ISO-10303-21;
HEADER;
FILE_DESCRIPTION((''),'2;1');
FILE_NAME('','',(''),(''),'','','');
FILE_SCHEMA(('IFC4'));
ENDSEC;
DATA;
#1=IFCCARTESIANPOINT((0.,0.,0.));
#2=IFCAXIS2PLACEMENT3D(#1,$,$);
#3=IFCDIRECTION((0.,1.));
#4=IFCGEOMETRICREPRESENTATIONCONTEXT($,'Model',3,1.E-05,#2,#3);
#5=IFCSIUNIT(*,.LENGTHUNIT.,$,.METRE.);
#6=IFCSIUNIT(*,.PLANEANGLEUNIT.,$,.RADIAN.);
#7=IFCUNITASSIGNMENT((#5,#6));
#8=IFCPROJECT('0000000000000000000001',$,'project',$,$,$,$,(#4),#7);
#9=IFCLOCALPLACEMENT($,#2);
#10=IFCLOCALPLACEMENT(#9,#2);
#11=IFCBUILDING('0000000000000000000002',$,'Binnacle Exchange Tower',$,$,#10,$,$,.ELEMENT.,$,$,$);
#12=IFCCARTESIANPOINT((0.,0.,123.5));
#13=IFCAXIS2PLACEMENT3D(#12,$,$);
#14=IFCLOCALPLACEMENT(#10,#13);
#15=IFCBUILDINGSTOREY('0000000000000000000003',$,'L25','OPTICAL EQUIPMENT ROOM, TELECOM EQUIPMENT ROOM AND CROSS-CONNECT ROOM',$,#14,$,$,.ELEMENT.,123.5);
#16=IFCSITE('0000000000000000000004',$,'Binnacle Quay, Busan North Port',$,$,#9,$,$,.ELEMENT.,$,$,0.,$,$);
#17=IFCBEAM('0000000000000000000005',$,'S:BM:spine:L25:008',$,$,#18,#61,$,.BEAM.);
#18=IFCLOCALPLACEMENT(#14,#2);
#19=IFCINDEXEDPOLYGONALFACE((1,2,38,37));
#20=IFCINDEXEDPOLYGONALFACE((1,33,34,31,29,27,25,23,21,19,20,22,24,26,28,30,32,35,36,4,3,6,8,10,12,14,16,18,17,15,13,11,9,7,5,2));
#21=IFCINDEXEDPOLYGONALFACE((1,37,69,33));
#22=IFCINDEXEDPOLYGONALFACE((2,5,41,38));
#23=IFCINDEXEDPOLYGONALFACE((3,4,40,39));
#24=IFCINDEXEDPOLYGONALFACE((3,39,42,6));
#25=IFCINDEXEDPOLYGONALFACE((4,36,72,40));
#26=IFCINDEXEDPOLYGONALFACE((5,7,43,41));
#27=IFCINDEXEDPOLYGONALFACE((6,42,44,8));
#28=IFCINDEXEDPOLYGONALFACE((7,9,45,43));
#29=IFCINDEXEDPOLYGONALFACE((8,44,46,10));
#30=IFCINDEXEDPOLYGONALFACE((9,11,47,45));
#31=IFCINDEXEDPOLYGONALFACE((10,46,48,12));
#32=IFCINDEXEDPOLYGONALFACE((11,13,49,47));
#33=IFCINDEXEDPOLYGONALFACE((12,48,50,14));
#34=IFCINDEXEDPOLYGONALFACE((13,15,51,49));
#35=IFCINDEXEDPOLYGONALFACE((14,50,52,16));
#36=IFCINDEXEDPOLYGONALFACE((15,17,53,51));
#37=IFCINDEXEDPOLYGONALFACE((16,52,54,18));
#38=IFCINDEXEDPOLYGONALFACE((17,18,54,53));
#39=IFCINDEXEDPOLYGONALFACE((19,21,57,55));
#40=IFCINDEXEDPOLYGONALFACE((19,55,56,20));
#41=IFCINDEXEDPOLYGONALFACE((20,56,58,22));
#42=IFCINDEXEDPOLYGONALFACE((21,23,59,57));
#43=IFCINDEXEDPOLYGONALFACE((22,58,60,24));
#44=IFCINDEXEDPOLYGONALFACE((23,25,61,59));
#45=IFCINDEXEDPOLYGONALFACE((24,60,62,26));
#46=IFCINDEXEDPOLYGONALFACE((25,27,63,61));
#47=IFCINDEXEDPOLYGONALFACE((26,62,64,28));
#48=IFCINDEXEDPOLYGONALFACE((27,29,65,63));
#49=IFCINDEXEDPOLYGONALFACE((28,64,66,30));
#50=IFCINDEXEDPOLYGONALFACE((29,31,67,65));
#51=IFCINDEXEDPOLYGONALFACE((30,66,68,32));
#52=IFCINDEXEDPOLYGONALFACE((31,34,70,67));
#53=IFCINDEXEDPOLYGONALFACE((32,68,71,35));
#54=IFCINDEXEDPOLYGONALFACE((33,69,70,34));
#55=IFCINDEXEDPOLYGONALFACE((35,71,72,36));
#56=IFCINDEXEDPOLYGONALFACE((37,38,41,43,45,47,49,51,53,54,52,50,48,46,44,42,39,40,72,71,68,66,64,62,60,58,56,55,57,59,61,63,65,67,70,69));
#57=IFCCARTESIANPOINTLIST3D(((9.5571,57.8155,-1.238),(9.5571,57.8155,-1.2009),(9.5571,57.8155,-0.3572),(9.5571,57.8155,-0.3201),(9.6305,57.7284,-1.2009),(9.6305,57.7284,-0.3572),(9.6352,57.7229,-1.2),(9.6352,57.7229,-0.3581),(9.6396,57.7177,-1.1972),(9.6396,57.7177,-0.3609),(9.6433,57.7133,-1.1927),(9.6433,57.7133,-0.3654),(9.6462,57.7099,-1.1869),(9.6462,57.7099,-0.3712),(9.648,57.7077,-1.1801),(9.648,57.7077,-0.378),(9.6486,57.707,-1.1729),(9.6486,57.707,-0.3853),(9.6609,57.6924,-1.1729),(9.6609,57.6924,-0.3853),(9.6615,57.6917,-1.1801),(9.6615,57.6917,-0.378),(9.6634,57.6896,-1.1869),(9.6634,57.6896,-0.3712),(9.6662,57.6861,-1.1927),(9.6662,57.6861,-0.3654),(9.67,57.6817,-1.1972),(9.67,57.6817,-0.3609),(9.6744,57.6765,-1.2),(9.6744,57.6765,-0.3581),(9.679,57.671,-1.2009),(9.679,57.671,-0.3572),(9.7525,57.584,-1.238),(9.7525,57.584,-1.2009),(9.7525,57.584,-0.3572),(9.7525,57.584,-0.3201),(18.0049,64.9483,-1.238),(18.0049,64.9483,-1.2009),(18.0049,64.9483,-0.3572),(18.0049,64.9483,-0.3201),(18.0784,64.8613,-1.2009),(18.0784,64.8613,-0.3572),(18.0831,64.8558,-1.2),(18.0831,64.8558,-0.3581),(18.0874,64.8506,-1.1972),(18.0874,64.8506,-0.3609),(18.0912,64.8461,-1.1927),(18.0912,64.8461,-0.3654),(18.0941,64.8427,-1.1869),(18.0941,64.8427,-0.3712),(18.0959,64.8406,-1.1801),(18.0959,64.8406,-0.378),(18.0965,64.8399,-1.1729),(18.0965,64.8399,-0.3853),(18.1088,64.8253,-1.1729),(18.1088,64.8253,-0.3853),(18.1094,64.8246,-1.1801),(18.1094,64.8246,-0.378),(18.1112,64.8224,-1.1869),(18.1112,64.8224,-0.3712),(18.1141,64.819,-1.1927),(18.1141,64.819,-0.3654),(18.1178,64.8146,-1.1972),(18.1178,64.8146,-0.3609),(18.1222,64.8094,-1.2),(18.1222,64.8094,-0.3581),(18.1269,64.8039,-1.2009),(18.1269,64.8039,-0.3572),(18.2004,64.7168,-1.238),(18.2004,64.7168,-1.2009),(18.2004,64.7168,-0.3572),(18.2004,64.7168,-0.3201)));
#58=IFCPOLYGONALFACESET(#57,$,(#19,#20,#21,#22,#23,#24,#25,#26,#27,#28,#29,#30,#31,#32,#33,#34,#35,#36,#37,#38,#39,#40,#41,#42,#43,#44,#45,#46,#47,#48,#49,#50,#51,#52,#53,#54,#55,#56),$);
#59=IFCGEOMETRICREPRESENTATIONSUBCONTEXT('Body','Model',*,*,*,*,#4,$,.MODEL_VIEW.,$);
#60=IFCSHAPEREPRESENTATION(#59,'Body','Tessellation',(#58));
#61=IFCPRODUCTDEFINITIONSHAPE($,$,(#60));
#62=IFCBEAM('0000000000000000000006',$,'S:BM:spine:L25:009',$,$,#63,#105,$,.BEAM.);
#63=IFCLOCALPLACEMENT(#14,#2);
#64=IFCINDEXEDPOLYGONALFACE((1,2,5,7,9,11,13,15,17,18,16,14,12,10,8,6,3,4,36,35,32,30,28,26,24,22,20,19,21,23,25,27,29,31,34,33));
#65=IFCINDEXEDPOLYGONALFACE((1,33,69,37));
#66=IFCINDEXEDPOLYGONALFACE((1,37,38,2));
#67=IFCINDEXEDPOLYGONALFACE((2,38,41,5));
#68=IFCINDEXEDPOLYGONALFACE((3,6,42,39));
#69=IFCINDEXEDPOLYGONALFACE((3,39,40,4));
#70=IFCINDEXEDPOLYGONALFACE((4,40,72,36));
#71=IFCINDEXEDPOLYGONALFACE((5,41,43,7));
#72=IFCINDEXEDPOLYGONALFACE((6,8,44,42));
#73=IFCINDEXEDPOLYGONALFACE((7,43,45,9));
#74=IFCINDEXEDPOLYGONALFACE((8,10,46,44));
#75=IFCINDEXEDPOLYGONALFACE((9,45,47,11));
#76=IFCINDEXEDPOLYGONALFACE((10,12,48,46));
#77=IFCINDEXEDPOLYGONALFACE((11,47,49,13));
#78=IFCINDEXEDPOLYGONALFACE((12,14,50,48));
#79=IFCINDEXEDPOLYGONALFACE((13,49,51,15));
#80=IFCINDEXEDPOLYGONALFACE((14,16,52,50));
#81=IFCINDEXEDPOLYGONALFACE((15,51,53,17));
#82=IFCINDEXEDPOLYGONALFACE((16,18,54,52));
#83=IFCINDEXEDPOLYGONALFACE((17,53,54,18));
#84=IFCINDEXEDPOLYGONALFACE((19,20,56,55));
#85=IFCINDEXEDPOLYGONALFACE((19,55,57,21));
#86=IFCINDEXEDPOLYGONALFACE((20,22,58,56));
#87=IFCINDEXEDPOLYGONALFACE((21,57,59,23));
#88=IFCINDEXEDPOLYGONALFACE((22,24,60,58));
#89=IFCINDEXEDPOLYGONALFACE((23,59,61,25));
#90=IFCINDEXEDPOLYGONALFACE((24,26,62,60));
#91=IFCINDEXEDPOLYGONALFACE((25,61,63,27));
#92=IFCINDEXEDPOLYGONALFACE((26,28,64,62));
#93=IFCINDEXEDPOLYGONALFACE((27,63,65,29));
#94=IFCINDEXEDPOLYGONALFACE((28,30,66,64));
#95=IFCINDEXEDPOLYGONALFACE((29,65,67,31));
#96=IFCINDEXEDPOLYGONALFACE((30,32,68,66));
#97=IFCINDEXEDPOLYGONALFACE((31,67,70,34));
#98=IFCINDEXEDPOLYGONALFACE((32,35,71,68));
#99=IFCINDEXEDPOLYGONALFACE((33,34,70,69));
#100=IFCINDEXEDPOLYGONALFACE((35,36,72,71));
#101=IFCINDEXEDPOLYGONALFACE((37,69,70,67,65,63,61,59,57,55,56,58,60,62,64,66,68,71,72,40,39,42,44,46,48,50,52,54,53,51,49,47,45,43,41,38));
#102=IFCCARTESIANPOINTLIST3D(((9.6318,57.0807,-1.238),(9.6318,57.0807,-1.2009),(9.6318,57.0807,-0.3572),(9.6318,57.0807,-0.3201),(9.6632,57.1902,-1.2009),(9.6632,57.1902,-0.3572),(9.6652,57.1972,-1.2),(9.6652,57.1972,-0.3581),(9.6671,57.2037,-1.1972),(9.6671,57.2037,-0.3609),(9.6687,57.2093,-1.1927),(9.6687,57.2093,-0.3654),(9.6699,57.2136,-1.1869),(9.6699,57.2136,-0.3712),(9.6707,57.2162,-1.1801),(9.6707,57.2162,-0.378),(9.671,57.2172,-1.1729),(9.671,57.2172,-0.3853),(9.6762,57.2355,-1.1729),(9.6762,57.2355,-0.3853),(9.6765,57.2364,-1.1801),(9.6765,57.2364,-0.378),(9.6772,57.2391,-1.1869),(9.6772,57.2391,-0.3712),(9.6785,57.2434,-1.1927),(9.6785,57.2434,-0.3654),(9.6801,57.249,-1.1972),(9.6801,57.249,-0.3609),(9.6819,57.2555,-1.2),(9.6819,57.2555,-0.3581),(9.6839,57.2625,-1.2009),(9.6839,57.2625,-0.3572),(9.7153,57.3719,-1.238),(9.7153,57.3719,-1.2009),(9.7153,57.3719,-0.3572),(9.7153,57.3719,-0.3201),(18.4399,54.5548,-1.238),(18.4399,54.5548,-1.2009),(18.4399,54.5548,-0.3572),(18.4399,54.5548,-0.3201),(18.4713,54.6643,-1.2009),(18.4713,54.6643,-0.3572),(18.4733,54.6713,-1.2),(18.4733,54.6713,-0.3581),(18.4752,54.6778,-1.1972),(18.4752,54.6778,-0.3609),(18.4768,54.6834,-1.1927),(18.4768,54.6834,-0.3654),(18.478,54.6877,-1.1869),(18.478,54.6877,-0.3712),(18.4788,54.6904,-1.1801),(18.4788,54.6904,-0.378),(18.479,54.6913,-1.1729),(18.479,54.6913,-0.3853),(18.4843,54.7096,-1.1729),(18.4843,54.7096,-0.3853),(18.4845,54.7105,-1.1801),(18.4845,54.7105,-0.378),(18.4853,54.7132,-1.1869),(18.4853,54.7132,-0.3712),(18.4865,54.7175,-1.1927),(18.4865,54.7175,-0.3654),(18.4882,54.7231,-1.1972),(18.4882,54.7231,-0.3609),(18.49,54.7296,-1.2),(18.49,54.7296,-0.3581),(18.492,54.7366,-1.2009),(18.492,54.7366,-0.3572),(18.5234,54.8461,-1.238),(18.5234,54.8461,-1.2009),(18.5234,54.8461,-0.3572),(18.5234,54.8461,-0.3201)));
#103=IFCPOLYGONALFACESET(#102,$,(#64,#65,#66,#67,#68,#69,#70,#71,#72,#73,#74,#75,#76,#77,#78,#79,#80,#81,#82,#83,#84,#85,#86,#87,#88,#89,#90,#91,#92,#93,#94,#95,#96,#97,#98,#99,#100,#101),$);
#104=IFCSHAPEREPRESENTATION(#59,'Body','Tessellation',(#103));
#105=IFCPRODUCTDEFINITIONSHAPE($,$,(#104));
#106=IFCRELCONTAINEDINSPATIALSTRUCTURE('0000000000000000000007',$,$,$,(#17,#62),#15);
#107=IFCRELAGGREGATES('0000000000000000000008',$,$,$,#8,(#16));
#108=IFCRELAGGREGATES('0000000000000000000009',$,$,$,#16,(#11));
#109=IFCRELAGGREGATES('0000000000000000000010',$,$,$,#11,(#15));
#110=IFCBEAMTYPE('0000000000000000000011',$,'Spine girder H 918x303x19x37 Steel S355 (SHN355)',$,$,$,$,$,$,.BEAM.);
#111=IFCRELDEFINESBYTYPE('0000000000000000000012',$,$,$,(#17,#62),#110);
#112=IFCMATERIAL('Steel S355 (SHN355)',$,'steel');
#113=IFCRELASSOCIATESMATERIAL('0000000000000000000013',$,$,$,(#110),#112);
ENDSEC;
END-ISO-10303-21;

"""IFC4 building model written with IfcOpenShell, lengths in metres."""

from ifc_helpers import new_model, si_unit, direction, frame, origin, origin_2d, place, context, subcontext, project, spatial, i_section, extrude, material, material_profile, profile_set, type_object, element, save


model = new_model("IFC4")

# Units and contexts
model_context = context("Model", 3, precision=1e-05, world=origin(), true_north=direction((0.0, 1.0)))
body_context = subcontext(model_context, "Body", "Model", "MODEL_VIEW")
ifc_project = project(units=[si_unit("LENGTHUNIT", "METRE"), si_unit("PLANEANGLEUNIT", "RADIAN")], contexts=[model_context])

# Site, building, storey
site_placement = place(None, origin())
site = spatial("IfcSite", under=ifc_project, at=site_placement, Name="Binnacle Quay, Busan North Port", CompositionType="ELEMENT", RefElevation=0.0)
building_placement = place(site_placement, origin())
building = spatial("IfcBuilding", under=site, at=building_placement, Name="Binnacle Exchange Tower", CompositionType="ELEMENT")
storey_placement = place(building_placement, frame((0.0, 0.0, 123.5)))
storey = spatial("IfcBuildingStorey", under=building, at=storey_placement, Name="L25", Description="OPTICAL EQUIPMENT ROOM, TELECOM EQUIPMENT ROOM AND CROSS-CONNECT ROOM", CompositionType="ELEMENT", Elevation=123.5)

# Beams
ifc_material_1 = material(Name="Steel S355 (SHN355)", Category="steel")
ifc_material_profile_1 = material_profile(ifc_material_1, i_section(OverallWidth=0.303, OverallDepth=0.918, WebThickness=0.019, FlangeThickness=0.0371, FilletRadius=0.0281, at=origin_2d()), Name="H 918x303x19x37")
ifc_profile_set_1 = profile_set([ifc_material_profile_1], Name="Steel S355 (SHN355)")
beam_type_1 = type_object("IfcBeamType", Name="Spine girder H 918x303x19x37 Steel S355 (SHN355)", PredefinedType="BEAM", material=ifc_profile_set_1)
beam_1_placement = place(storey_placement, frame((9.6548, 57.6997, -0.7791), z_axis=(0.764068, 0.645136, 0.0), x_axis=(-0.645136, 0.764068, 0.0)))
element("IfcBeam", 1, at=beam_1_placement, inside=storey, type_object=beam_type_1, Name="S:BM:spine:L25:008", PredefinedType="BEAM", context=body_context, shape_type="SweptSolid", body=[
    extrude(i_section(OverallWidth=0.303, OverallDepth=0.918, WebThickness=0.019, FlangeThickness=0.0371, FilletRadius=0.0281, at=origin_2d()), origin(), (0.0, 0.0, 1.0), 11.0564),
])
beam_2_placement = place(storey_placement, frame((9.6736, 57.2263, -0.7791), z_axis=(0.961256, -0.275657, 0.0), x_axis=(0.275657, 0.961256, 0.0)))
element("IfcBeam", 2, at=beam_2_placement, inside=storey, type_object=beam_type_1, Name="S:BM:spine:L25:009", PredefinedType="BEAM", context=body_context, shape_type="SweptSolid", body=[
    extrude(i_section(OverallWidth=0.303, OverallDepth=0.918, WebThickness=0.019, FlangeThickness=0.0371, FilletRadius=0.0281, at=origin_2d()), origin(), (0.0, 0.0, 1.0), 9.1631),
])

save(model, "model.ifc")
